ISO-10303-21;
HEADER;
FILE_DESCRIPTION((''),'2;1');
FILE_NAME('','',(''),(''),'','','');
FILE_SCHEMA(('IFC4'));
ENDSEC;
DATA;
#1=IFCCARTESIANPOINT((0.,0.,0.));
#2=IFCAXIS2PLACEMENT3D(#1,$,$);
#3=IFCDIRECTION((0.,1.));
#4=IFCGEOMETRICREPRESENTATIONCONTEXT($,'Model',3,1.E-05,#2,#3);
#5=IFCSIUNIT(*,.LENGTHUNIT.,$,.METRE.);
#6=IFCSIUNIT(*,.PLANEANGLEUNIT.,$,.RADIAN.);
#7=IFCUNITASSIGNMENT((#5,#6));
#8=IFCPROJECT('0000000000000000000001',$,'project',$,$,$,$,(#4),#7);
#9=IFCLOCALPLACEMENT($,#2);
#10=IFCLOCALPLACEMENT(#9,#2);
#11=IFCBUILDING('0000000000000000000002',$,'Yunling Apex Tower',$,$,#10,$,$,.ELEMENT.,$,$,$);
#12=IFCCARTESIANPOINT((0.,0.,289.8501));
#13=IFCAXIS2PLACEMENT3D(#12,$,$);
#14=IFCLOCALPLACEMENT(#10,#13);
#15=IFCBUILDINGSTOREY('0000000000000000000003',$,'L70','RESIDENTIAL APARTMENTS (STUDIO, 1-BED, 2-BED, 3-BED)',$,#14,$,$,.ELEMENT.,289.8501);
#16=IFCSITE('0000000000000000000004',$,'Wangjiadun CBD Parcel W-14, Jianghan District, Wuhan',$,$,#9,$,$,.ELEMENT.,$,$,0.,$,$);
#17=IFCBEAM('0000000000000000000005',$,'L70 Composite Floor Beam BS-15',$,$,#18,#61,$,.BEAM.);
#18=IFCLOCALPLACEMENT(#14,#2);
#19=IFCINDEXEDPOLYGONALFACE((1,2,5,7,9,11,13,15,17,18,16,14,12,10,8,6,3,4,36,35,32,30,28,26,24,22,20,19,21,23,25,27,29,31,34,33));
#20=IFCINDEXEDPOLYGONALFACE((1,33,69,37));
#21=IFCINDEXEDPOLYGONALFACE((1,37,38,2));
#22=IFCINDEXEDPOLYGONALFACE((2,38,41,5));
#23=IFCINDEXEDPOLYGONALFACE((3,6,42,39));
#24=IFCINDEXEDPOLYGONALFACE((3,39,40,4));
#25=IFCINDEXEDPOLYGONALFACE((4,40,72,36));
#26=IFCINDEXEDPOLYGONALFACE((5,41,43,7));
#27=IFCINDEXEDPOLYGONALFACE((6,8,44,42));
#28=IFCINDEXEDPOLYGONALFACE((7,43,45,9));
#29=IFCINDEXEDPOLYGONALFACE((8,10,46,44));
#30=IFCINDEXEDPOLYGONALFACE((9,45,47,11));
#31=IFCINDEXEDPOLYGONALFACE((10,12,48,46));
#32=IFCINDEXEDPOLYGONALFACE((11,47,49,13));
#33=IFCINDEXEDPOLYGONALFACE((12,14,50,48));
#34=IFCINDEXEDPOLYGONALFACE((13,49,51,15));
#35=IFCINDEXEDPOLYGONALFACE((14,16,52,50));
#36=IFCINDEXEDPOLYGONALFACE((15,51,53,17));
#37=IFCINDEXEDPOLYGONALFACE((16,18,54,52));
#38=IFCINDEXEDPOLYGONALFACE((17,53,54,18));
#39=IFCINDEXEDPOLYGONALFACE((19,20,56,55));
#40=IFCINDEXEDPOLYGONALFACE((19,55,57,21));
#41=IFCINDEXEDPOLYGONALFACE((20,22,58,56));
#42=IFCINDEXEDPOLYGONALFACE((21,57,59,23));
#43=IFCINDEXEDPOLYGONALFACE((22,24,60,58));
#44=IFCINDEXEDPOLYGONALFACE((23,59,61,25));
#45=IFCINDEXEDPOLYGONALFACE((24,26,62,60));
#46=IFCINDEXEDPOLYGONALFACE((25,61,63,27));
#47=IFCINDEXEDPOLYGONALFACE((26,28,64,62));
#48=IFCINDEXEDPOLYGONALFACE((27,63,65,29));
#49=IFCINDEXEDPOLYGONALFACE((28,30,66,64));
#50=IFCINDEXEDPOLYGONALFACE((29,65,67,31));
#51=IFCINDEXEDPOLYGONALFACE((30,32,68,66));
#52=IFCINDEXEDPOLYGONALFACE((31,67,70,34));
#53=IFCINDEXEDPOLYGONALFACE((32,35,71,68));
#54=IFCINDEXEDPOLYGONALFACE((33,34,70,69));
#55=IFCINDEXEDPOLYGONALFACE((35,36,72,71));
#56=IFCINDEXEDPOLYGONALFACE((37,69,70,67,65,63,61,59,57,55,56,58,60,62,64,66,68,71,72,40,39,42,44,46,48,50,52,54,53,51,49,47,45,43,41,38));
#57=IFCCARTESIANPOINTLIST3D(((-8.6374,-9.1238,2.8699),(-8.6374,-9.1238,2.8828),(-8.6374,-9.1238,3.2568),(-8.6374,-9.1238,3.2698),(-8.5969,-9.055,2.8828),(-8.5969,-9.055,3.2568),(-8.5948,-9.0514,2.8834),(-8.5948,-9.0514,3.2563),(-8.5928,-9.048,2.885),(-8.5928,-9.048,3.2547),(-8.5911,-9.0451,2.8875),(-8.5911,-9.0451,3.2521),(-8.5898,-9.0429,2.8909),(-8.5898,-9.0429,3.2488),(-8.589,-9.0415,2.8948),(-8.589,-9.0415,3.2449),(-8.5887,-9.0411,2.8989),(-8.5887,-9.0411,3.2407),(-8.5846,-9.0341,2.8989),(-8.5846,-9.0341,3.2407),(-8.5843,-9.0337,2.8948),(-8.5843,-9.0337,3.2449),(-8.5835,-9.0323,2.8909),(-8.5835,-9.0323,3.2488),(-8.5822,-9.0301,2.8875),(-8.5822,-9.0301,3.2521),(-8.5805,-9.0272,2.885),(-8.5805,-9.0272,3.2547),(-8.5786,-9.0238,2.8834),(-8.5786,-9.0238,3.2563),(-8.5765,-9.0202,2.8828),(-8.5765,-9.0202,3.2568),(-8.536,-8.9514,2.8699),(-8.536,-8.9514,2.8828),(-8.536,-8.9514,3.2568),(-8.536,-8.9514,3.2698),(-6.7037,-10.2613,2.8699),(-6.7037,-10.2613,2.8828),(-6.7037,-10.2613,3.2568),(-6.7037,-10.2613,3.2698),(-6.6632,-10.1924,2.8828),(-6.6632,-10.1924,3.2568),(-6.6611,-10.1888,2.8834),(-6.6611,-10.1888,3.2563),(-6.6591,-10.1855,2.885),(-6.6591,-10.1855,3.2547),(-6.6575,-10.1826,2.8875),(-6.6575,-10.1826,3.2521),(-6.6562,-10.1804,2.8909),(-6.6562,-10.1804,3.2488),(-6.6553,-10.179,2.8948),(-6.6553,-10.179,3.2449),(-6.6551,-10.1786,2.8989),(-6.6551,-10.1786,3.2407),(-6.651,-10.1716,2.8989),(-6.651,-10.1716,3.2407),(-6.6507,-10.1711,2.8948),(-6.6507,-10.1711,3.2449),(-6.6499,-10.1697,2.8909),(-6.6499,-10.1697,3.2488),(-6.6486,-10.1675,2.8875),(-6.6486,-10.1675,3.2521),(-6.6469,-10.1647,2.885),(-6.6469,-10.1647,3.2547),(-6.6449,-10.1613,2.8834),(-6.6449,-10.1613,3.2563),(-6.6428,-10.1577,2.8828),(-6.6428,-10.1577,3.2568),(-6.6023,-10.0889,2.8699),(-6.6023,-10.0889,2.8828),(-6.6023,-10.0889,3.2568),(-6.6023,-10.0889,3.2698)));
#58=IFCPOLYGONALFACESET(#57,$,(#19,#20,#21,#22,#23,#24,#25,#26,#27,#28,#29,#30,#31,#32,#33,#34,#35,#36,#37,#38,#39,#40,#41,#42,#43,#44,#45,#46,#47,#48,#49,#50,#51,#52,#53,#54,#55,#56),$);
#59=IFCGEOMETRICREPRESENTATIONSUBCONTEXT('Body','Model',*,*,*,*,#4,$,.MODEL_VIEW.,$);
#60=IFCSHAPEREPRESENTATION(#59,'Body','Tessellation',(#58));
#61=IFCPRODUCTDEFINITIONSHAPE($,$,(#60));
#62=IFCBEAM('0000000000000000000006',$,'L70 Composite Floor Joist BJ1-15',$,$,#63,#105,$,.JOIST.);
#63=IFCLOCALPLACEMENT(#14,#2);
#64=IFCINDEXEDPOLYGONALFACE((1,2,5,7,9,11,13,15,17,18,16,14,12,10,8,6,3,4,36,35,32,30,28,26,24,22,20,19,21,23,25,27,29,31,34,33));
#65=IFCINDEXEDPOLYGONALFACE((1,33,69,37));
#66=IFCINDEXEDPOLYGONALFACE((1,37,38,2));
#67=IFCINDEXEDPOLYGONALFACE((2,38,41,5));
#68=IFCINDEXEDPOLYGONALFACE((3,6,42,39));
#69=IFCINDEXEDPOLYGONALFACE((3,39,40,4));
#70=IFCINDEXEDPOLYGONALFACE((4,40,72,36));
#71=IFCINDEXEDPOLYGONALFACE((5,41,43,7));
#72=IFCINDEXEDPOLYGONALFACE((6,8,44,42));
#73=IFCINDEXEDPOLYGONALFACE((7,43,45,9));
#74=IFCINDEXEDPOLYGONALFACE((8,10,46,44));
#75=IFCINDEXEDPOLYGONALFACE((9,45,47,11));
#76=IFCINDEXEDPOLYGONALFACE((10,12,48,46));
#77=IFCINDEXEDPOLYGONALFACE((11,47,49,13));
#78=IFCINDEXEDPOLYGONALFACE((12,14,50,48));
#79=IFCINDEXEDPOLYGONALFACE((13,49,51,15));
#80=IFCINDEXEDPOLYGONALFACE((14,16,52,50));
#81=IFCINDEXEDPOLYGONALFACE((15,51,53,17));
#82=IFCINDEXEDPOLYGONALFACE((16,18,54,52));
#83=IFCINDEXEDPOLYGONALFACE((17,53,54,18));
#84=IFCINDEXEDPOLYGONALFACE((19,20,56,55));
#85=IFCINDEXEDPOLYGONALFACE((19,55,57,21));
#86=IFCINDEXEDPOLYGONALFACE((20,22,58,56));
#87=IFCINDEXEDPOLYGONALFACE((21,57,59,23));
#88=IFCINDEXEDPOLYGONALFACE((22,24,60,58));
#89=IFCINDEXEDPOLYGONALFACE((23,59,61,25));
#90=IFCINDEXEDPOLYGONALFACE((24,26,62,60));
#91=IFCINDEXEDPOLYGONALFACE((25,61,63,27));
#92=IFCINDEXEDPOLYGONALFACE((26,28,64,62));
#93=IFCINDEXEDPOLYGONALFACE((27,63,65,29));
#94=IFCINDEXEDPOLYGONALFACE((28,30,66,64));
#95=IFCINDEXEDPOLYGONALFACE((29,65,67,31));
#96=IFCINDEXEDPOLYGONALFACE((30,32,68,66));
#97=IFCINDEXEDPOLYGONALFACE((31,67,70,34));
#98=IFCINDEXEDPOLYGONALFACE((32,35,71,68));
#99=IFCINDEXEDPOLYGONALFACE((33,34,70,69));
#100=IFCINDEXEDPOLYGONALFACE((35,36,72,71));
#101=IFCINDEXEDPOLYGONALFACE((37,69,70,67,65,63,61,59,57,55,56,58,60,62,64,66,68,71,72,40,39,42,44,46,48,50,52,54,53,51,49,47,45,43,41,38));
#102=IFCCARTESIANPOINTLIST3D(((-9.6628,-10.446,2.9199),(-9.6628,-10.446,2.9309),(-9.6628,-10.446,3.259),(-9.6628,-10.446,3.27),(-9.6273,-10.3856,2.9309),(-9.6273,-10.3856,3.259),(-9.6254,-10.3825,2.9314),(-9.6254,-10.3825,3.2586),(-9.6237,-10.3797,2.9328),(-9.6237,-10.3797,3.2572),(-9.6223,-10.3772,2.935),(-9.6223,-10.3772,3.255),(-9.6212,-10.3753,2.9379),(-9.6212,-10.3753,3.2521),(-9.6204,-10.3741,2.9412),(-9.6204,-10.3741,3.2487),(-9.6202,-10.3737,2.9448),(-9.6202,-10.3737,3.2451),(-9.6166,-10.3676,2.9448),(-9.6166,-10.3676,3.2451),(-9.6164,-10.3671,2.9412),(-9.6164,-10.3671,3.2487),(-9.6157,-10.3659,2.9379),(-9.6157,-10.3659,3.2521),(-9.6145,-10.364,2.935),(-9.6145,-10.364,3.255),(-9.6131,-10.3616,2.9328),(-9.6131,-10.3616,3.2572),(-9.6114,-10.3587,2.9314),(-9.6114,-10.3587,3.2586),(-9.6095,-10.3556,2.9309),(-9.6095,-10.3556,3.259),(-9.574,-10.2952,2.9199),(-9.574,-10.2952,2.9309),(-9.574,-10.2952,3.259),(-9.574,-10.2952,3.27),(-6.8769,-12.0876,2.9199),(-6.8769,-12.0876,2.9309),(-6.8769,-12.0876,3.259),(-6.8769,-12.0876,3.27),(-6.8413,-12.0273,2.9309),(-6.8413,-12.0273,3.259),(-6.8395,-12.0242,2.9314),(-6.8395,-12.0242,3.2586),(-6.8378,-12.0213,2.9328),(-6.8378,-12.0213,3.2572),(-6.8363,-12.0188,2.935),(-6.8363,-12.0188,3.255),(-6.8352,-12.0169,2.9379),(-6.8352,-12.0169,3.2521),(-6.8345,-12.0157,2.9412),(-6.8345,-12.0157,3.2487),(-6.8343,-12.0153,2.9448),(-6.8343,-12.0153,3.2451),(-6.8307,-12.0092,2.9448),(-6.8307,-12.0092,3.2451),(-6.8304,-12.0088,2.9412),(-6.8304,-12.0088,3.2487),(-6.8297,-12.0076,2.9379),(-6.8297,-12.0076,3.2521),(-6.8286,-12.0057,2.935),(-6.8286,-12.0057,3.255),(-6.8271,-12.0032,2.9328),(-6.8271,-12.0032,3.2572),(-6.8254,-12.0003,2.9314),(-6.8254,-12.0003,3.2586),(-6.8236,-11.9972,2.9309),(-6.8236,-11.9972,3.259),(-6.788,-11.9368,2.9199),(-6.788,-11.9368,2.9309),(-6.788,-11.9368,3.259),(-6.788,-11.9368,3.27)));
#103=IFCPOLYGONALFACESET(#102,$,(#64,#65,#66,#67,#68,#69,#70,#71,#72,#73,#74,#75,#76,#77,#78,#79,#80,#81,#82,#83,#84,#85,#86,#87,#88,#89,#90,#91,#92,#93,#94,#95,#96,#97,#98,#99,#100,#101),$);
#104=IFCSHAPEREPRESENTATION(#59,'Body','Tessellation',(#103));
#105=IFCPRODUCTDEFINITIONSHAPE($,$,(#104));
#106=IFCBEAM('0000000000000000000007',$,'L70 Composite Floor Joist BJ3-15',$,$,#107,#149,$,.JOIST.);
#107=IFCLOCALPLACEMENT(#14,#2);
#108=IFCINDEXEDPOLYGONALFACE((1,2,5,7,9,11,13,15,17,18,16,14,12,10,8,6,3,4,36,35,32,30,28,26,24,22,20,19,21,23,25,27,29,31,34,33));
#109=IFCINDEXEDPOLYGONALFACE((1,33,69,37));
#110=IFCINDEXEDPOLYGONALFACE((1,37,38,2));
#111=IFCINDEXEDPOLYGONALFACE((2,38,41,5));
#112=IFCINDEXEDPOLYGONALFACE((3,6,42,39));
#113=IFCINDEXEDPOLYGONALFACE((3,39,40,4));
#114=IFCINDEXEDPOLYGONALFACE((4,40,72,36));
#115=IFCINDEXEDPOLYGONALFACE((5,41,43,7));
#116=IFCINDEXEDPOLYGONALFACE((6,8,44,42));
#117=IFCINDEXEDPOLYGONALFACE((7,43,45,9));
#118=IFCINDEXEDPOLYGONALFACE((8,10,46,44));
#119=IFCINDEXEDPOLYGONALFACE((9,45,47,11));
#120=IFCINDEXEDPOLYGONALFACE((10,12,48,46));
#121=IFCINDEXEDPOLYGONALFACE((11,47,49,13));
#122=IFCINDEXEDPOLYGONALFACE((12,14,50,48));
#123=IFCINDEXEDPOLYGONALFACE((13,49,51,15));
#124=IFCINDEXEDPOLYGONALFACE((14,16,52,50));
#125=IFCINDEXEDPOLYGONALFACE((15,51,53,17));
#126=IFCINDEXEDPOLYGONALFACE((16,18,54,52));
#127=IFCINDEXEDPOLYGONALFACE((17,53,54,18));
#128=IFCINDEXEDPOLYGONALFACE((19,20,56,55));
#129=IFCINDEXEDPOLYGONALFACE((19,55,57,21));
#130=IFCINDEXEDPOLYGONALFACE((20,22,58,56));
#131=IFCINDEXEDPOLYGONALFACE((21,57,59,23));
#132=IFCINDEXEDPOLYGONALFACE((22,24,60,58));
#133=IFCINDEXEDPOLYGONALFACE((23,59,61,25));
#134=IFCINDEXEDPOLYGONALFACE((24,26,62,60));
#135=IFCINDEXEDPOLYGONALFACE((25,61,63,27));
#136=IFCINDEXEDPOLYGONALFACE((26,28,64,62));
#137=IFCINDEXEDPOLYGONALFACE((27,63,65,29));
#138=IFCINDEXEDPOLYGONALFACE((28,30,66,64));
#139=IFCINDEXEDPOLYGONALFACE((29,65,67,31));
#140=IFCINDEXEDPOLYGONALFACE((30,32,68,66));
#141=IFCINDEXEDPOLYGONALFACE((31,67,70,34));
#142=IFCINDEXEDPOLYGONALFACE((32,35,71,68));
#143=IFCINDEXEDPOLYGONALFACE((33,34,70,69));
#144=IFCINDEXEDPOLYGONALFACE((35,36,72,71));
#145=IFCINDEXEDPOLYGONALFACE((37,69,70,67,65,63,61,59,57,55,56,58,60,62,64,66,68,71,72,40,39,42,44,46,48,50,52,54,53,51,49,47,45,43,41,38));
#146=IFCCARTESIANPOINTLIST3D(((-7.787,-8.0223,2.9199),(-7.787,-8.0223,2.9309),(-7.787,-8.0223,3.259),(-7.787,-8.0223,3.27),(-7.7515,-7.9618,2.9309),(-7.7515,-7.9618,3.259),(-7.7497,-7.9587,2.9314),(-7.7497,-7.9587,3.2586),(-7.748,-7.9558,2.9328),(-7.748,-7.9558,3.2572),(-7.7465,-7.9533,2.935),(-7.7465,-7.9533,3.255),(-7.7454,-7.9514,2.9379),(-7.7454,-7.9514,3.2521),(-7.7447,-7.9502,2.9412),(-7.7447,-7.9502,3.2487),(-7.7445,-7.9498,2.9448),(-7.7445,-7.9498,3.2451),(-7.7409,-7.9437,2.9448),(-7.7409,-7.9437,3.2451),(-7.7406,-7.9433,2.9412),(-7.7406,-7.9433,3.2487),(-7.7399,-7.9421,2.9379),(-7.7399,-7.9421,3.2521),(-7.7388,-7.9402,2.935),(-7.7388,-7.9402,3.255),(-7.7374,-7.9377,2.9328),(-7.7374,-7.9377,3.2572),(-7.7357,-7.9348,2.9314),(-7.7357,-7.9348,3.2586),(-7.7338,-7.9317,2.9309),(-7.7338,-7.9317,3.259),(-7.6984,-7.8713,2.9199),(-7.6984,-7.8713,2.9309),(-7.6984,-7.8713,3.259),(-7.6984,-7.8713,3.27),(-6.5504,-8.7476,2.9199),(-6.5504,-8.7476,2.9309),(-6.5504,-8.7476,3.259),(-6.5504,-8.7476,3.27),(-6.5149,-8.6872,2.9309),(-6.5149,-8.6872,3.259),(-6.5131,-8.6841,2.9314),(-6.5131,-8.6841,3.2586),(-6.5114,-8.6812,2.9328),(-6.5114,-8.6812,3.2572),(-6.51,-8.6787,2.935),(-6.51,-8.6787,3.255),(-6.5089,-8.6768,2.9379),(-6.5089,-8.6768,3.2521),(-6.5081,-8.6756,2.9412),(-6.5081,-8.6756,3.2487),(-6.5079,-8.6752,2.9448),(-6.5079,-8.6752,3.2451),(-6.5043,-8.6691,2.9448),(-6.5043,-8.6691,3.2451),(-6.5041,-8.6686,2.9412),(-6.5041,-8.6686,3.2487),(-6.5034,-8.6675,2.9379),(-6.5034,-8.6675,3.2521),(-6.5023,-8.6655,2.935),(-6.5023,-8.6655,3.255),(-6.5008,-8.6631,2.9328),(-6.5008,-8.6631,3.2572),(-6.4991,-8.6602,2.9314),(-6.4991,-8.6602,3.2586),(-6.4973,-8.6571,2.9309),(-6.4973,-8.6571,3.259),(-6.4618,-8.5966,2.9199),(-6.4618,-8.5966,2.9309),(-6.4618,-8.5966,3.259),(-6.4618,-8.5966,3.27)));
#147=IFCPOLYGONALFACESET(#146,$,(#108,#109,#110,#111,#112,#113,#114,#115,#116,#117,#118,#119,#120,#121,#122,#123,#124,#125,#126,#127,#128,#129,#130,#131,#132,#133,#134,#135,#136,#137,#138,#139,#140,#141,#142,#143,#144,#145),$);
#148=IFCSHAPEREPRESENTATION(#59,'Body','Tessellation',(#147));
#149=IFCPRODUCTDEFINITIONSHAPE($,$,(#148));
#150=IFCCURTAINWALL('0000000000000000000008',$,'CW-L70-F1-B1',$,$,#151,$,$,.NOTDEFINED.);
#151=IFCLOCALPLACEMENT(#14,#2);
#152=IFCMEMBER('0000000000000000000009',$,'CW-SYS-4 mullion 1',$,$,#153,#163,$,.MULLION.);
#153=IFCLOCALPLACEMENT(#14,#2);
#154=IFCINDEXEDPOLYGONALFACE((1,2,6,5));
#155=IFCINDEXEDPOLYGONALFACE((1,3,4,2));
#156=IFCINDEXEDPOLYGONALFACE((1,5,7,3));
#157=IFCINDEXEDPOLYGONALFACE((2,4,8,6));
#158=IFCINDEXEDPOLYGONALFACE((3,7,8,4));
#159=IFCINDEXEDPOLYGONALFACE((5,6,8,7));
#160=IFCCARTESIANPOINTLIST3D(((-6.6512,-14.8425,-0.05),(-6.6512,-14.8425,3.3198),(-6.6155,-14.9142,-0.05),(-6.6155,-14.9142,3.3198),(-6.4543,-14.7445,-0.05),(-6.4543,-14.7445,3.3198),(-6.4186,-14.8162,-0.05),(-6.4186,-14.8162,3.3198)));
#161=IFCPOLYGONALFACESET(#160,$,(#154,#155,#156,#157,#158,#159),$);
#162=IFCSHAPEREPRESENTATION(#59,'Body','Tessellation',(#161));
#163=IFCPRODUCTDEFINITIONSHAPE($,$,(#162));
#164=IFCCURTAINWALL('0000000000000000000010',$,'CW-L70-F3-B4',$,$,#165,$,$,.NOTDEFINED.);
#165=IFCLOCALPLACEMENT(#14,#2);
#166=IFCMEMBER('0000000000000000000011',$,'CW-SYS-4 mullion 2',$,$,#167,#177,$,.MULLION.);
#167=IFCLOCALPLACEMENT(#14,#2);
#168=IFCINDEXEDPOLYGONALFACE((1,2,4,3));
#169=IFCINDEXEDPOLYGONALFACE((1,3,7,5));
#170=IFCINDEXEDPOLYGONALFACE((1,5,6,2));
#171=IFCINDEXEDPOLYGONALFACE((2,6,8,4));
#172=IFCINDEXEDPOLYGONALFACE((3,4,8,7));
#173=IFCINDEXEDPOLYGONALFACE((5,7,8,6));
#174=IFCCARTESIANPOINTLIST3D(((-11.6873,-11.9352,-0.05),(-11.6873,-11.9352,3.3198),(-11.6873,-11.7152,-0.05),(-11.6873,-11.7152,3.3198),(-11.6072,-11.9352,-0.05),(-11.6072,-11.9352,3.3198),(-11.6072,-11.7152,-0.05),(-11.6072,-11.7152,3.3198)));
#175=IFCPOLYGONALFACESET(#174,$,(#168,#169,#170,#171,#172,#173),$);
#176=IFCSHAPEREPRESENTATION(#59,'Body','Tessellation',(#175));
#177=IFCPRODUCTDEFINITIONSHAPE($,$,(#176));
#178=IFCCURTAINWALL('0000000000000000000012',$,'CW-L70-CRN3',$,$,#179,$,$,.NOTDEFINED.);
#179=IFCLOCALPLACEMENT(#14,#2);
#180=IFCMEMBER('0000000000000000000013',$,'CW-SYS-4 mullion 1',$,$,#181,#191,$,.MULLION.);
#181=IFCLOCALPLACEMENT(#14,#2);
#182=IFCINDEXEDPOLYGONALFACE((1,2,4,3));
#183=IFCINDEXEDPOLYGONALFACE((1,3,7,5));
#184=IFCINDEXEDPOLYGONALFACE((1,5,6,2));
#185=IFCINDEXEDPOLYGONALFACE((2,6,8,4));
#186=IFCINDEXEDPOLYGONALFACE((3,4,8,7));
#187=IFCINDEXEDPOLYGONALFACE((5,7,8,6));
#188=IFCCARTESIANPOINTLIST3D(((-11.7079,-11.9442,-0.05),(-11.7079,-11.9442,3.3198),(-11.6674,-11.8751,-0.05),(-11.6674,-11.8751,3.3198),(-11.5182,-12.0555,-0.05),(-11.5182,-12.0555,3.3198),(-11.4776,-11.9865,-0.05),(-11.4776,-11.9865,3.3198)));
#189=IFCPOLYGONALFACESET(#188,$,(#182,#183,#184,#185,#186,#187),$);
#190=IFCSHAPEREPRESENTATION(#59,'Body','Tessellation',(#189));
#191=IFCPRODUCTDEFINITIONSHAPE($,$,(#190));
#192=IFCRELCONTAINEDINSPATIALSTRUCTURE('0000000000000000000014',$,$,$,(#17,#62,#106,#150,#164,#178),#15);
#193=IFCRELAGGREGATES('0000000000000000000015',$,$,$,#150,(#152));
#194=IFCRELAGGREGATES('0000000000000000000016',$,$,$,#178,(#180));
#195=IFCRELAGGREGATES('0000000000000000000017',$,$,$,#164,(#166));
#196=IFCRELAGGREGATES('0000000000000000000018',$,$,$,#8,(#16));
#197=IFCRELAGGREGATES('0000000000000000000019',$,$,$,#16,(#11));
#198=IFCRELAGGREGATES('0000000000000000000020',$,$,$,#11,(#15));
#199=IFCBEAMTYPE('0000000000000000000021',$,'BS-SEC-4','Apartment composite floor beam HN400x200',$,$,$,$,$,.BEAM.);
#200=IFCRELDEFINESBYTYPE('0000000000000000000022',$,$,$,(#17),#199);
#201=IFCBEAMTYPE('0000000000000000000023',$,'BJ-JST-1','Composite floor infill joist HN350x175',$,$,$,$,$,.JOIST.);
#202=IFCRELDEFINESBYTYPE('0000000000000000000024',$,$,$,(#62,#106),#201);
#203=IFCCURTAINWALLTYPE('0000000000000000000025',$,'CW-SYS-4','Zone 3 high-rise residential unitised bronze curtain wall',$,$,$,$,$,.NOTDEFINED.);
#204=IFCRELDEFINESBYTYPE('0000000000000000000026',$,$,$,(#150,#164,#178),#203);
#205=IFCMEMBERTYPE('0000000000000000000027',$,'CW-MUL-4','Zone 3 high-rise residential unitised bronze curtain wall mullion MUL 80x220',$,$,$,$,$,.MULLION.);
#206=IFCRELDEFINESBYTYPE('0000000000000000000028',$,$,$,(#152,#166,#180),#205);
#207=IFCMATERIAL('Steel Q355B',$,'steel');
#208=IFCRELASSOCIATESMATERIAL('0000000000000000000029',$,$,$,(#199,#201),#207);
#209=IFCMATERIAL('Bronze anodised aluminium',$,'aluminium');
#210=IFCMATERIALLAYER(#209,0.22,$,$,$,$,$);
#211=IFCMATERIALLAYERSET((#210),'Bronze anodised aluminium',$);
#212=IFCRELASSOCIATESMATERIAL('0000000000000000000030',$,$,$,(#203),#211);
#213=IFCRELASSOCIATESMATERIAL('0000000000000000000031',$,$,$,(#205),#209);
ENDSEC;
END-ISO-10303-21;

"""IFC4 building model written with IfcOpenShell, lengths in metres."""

from ifc_helpers import new_model, si_unit, direction, frame, origin, origin_2d, place, context, subcontext, project, spatial, rectangle, i_section, extrude, source, transform, mapped, material, layer, layer_set, material_profile, profile_set, type_object, element, aggregate, save


model = new_model("IFC4")

# Units and contexts
model_context = context("Model", 3, precision=1e-05, world=origin(), true_north=direction((0.0, 1.0)))
body_context = subcontext(model_context, "Body", "Model", "MODEL_VIEW")
ifc_project = project(units=[si_unit("LENGTHUNIT", "METRE"), si_unit("PLANEANGLEUNIT", "RADIAN")], contexts=[model_context])

# Site, building, storey
site_placement = place(None, origin())
site = spatial("IfcSite", under=ifc_project, at=site_placement, Name="Wangjiadun CBD Parcel W-14, Jianghan District, Wuhan", CompositionType="ELEMENT", RefElevation=0.0)
building_placement = place(site_placement, origin())
building = spatial("IfcBuilding", under=site, at=building_placement, Name="Yunling Apex Tower", CompositionType="ELEMENT")
storey_placement = place(building_placement, frame((0.0, 0.0, 289.8501)))
storey = spatial("IfcBuildingStorey", under=building, at=storey_placement, Name="L70", Description="RESIDENTIAL APARTMENTS (STUDIO, 1-BED, 2-BED, 3-BED)", CompositionType="ELEMENT", Elevation=289.8501)

# Shared definitions
ifc_material_1 = material(Name="Steel Q355B", Category="steel")

# Beams
ifc_material_profile_1 = material_profile(ifc_material_1, i_section(OverallWidth=0.2, OverallDepth=0.3999, WebThickness=0.0081, FlangeThickness=0.0129, FilletRadius=0.0161, at=origin_2d()))
ifc_profile_set_1 = profile_set([ifc_material_profile_1], Name="Steel Q355B")
beam_type_1 = type_object("IfcBeamType", Name="BS-SEC-4", Description="Apartment composite floor beam HN400x200", PredefinedType="BEAM", material=ifc_profile_set_1)
ifc_material_profile_2 = material_profile(ifc_material_1, i_section(OverallWidth=0.175, OverallDepth=0.3501, WebThickness=0.0071, FlangeThickness=0.011, FilletRadius=0.0139, at=origin_2d()))
ifc_profile_set_2 = profile_set([ifc_material_profile_2], Name="Steel Q355B")
beam_type_2 = type_object("IfcBeamType", Name="BJ-JST-1", Description="Composite floor infill joist HN350x175", PredefinedType="JOIST", material=ifc_profile_set_2)
shared_shape_1 = source(origin(), body_context, "Body", "SweptSolid", [
    extrude(i_section(OverallWidth=0.2, OverallDepth=0.3999, WebThickness=0.0081, FlangeThickness=0.0129, FilletRadius=0.0161, at=origin_2d()), origin(), (0.0, 0.0, 1.0), 2.2434),
])
beam_1_placement = place(storey_placement, frame((-8.5867, -9.0376, 3.0698), z_axis=(0.861926, -0.507034, 0.0), x_axis=(0.507034, 0.861926, 0.0)))
element("IfcBeam", 1, at=beam_1_placement, inside=storey, type_object=beam_type_1, Name="L70 Composite Floor Beam BS-15", PredefinedType="BEAM", context=body_context, shape_type="MappedRepresentation", body=[
    mapped(shared_shape_1, transform((0.0, 0.0, 0.0), scale=1.0)),
])
shared_shape_2 = source(origin(), body_context, "Body", "SweptSolid", [
    extrude(i_section(OverallWidth=0.175, OverallDepth=0.3501, WebThickness=0.0071, FlangeThickness=0.011, FilletRadius=0.0139, at=origin_2d()), origin(), (0.0, 0.0, 1.0), 3.2336),
])
beam_2_placement = place(storey_placement, frame((-9.6184, -10.3706, 3.095), z_axis=(0.86155, -0.507673, 0.0), x_axis=(0.507673, 0.86155, 0.0)))
element("IfcBeam", 2, at=beam_2_placement, inside=storey, type_object=beam_type_2, Name="L70 Composite Floor Joist BJ1-15", PredefinedType="JOIST", context=body_context, shape_type="MappedRepresentation", body=[
    mapped(shared_shape_2, transform((0.0, 0.0, 0.0), scale=1.0)),
])
shared_shape_3 = source(origin(), body_context, "Body", "SweptSolid", [
    extrude(i_section(OverallWidth=0.175, OverallDepth=0.3501, WebThickness=0.0071, FlangeThickness=0.011, FilletRadius=0.0139, at=origin_2d()), origin(), (0.0, 0.0, 1.0), 1.4336),
])
beam_3_placement = place(storey_placement, frame((-7.7427, -7.9468, 3.095), z_axis=(0.86256, -0.505955, 0.0), x_axis=(0.505955, 0.86256, 0.0)))
element("IfcBeam", 3, at=beam_3_placement, inside=storey, type_object=beam_type_2, Name="L70 Composite Floor Joist BJ3-15", PredefinedType="JOIST", context=body_context, shape_type="MappedRepresentation", body=[
    mapped(shared_shape_3, transform((0.0, 0.0, 0.0), scale=1.0)),
])

# Curtain walls, members
ifc_material_2 = material(Name="Bronze anodised aluminium", Category="aluminium")
ifc_layer_1 = layer(ifc_material_2, 0.22)
ifc_layer_set_1 = layer_set([ifc_layer_1], Name="Bronze anodised aluminium")
curtain_wall_type = type_object("IfcCurtainWallType", Name="CW-SYS-4", Description="Zone 3 high-rise residential unitised bronze curtain wall", PredefinedType="NOTDEFINED", material=ifc_layer_set_1)
curtain_wall_1_placement = place(storey_placement, origin())
curtain_wall_1 = element("IfcCurtainWall", 4, at=curtain_wall_1_placement, inside=storey, type_object=curtain_wall_type, Name="CW-L70-F1-B1", PredefinedType="NOTDEFINED")
ifc_material_profile_3 = material_profile(ifc_material_2, rectangle(XDim=0.0801, YDim=0.22, at=origin_2d()))
ifc_profile_set_3 = profile_set([ifc_material_profile_3], Name="Bronze anodised aluminium")
member_type_1 = type_object("IfcMemberType", Name="CW-MUL-4", Description="Zone 3 high-rise residential unitised bronze curtain wall mullion MUL 80x220", PredefinedType="MULLION", material=ifc_profile_set_3)
shared_shape_4 = source(origin(), body_context, "Body", "SweptSolid", [
    extrude(rectangle(XDim=0.0801, YDim=0.22, at=origin_2d()), origin(), (0.0, 0.0, 1.0), 3.3699),
])
member_1_placement = place(storey_placement, frame((-6.5349, -14.8293, -0.05), z_axis=(0.0, 0.0, 1.0), x_axis=(-0.445568, 0.895248, 0.0)))
member_1 = element("IfcMember", 5, at=member_1_placement, type_object=member_type_1, Name="CW-SYS-4 mullion 1", PredefinedType="MULLION", context=body_context, shape_type="MappedRepresentation", body=[
    mapped(shared_shape_4, transform((0.0, 0.0, 0.0), scale=1.0)),
])
curtain_wall_2_placement = place(storey_placement, origin())
curtain_wall_2 = element("IfcCurtainWall", 6, at=curtain_wall_2_placement, inside=storey, type_object=curtain_wall_type, Name="CW-L70-F3-B4", PredefinedType="NOTDEFINED")
member_2_placement = place(storey_placement, frame((-11.6472, -11.8252, -0.05), z_axis=(0.0, 0.0, 1.0), x_axis=(1.0, 0.0, 0.0)))
member_2 = element("IfcMember", 7, at=member_2_placement, type_object=member_type_1, Name="CW-SYS-4 mullion 2", PredefinedType="MULLION", context=body_context, shape_type="MappedRepresentation", body=[
    mapped(shared_shape_4, transform((0.0, 0.0, 0.0), scale=1.0)),
])

# Curtain wall, member
curtain_wall_3_placement = place(storey_placement, origin())
curtain_wall_3 = element("IfcCurtainWall", 8, at=curtain_wall_3_placement, inside=storey, type_object=curtain_wall_type, Name="CW-L70-CRN3", PredefinedType="NOTDEFINED")
member_3_placement = place(storey_placement, frame((-11.5928, -11.9653, -0.05), z_axis=(0.0, 0.0, 1.0), x_axis=(0.50607, 0.862492, 0.0)))
member_3 = element("IfcMember", 9, at=member_3_placement, type_object=member_type_1, Name="CW-SYS-4 mullion 1", PredefinedType="MULLION", context=body_context, shape_type="MappedRepresentation", body=[
    mapped(shared_shape_4, transform((0.0, 0.0, 0.0), scale=1.0)),
])

aggregate(curtain_wall_1, [member_1])
aggregate(curtain_wall_3, [member_3])
aggregate(curtain_wall_2, [member_2])

save(model, "model.ifc")
